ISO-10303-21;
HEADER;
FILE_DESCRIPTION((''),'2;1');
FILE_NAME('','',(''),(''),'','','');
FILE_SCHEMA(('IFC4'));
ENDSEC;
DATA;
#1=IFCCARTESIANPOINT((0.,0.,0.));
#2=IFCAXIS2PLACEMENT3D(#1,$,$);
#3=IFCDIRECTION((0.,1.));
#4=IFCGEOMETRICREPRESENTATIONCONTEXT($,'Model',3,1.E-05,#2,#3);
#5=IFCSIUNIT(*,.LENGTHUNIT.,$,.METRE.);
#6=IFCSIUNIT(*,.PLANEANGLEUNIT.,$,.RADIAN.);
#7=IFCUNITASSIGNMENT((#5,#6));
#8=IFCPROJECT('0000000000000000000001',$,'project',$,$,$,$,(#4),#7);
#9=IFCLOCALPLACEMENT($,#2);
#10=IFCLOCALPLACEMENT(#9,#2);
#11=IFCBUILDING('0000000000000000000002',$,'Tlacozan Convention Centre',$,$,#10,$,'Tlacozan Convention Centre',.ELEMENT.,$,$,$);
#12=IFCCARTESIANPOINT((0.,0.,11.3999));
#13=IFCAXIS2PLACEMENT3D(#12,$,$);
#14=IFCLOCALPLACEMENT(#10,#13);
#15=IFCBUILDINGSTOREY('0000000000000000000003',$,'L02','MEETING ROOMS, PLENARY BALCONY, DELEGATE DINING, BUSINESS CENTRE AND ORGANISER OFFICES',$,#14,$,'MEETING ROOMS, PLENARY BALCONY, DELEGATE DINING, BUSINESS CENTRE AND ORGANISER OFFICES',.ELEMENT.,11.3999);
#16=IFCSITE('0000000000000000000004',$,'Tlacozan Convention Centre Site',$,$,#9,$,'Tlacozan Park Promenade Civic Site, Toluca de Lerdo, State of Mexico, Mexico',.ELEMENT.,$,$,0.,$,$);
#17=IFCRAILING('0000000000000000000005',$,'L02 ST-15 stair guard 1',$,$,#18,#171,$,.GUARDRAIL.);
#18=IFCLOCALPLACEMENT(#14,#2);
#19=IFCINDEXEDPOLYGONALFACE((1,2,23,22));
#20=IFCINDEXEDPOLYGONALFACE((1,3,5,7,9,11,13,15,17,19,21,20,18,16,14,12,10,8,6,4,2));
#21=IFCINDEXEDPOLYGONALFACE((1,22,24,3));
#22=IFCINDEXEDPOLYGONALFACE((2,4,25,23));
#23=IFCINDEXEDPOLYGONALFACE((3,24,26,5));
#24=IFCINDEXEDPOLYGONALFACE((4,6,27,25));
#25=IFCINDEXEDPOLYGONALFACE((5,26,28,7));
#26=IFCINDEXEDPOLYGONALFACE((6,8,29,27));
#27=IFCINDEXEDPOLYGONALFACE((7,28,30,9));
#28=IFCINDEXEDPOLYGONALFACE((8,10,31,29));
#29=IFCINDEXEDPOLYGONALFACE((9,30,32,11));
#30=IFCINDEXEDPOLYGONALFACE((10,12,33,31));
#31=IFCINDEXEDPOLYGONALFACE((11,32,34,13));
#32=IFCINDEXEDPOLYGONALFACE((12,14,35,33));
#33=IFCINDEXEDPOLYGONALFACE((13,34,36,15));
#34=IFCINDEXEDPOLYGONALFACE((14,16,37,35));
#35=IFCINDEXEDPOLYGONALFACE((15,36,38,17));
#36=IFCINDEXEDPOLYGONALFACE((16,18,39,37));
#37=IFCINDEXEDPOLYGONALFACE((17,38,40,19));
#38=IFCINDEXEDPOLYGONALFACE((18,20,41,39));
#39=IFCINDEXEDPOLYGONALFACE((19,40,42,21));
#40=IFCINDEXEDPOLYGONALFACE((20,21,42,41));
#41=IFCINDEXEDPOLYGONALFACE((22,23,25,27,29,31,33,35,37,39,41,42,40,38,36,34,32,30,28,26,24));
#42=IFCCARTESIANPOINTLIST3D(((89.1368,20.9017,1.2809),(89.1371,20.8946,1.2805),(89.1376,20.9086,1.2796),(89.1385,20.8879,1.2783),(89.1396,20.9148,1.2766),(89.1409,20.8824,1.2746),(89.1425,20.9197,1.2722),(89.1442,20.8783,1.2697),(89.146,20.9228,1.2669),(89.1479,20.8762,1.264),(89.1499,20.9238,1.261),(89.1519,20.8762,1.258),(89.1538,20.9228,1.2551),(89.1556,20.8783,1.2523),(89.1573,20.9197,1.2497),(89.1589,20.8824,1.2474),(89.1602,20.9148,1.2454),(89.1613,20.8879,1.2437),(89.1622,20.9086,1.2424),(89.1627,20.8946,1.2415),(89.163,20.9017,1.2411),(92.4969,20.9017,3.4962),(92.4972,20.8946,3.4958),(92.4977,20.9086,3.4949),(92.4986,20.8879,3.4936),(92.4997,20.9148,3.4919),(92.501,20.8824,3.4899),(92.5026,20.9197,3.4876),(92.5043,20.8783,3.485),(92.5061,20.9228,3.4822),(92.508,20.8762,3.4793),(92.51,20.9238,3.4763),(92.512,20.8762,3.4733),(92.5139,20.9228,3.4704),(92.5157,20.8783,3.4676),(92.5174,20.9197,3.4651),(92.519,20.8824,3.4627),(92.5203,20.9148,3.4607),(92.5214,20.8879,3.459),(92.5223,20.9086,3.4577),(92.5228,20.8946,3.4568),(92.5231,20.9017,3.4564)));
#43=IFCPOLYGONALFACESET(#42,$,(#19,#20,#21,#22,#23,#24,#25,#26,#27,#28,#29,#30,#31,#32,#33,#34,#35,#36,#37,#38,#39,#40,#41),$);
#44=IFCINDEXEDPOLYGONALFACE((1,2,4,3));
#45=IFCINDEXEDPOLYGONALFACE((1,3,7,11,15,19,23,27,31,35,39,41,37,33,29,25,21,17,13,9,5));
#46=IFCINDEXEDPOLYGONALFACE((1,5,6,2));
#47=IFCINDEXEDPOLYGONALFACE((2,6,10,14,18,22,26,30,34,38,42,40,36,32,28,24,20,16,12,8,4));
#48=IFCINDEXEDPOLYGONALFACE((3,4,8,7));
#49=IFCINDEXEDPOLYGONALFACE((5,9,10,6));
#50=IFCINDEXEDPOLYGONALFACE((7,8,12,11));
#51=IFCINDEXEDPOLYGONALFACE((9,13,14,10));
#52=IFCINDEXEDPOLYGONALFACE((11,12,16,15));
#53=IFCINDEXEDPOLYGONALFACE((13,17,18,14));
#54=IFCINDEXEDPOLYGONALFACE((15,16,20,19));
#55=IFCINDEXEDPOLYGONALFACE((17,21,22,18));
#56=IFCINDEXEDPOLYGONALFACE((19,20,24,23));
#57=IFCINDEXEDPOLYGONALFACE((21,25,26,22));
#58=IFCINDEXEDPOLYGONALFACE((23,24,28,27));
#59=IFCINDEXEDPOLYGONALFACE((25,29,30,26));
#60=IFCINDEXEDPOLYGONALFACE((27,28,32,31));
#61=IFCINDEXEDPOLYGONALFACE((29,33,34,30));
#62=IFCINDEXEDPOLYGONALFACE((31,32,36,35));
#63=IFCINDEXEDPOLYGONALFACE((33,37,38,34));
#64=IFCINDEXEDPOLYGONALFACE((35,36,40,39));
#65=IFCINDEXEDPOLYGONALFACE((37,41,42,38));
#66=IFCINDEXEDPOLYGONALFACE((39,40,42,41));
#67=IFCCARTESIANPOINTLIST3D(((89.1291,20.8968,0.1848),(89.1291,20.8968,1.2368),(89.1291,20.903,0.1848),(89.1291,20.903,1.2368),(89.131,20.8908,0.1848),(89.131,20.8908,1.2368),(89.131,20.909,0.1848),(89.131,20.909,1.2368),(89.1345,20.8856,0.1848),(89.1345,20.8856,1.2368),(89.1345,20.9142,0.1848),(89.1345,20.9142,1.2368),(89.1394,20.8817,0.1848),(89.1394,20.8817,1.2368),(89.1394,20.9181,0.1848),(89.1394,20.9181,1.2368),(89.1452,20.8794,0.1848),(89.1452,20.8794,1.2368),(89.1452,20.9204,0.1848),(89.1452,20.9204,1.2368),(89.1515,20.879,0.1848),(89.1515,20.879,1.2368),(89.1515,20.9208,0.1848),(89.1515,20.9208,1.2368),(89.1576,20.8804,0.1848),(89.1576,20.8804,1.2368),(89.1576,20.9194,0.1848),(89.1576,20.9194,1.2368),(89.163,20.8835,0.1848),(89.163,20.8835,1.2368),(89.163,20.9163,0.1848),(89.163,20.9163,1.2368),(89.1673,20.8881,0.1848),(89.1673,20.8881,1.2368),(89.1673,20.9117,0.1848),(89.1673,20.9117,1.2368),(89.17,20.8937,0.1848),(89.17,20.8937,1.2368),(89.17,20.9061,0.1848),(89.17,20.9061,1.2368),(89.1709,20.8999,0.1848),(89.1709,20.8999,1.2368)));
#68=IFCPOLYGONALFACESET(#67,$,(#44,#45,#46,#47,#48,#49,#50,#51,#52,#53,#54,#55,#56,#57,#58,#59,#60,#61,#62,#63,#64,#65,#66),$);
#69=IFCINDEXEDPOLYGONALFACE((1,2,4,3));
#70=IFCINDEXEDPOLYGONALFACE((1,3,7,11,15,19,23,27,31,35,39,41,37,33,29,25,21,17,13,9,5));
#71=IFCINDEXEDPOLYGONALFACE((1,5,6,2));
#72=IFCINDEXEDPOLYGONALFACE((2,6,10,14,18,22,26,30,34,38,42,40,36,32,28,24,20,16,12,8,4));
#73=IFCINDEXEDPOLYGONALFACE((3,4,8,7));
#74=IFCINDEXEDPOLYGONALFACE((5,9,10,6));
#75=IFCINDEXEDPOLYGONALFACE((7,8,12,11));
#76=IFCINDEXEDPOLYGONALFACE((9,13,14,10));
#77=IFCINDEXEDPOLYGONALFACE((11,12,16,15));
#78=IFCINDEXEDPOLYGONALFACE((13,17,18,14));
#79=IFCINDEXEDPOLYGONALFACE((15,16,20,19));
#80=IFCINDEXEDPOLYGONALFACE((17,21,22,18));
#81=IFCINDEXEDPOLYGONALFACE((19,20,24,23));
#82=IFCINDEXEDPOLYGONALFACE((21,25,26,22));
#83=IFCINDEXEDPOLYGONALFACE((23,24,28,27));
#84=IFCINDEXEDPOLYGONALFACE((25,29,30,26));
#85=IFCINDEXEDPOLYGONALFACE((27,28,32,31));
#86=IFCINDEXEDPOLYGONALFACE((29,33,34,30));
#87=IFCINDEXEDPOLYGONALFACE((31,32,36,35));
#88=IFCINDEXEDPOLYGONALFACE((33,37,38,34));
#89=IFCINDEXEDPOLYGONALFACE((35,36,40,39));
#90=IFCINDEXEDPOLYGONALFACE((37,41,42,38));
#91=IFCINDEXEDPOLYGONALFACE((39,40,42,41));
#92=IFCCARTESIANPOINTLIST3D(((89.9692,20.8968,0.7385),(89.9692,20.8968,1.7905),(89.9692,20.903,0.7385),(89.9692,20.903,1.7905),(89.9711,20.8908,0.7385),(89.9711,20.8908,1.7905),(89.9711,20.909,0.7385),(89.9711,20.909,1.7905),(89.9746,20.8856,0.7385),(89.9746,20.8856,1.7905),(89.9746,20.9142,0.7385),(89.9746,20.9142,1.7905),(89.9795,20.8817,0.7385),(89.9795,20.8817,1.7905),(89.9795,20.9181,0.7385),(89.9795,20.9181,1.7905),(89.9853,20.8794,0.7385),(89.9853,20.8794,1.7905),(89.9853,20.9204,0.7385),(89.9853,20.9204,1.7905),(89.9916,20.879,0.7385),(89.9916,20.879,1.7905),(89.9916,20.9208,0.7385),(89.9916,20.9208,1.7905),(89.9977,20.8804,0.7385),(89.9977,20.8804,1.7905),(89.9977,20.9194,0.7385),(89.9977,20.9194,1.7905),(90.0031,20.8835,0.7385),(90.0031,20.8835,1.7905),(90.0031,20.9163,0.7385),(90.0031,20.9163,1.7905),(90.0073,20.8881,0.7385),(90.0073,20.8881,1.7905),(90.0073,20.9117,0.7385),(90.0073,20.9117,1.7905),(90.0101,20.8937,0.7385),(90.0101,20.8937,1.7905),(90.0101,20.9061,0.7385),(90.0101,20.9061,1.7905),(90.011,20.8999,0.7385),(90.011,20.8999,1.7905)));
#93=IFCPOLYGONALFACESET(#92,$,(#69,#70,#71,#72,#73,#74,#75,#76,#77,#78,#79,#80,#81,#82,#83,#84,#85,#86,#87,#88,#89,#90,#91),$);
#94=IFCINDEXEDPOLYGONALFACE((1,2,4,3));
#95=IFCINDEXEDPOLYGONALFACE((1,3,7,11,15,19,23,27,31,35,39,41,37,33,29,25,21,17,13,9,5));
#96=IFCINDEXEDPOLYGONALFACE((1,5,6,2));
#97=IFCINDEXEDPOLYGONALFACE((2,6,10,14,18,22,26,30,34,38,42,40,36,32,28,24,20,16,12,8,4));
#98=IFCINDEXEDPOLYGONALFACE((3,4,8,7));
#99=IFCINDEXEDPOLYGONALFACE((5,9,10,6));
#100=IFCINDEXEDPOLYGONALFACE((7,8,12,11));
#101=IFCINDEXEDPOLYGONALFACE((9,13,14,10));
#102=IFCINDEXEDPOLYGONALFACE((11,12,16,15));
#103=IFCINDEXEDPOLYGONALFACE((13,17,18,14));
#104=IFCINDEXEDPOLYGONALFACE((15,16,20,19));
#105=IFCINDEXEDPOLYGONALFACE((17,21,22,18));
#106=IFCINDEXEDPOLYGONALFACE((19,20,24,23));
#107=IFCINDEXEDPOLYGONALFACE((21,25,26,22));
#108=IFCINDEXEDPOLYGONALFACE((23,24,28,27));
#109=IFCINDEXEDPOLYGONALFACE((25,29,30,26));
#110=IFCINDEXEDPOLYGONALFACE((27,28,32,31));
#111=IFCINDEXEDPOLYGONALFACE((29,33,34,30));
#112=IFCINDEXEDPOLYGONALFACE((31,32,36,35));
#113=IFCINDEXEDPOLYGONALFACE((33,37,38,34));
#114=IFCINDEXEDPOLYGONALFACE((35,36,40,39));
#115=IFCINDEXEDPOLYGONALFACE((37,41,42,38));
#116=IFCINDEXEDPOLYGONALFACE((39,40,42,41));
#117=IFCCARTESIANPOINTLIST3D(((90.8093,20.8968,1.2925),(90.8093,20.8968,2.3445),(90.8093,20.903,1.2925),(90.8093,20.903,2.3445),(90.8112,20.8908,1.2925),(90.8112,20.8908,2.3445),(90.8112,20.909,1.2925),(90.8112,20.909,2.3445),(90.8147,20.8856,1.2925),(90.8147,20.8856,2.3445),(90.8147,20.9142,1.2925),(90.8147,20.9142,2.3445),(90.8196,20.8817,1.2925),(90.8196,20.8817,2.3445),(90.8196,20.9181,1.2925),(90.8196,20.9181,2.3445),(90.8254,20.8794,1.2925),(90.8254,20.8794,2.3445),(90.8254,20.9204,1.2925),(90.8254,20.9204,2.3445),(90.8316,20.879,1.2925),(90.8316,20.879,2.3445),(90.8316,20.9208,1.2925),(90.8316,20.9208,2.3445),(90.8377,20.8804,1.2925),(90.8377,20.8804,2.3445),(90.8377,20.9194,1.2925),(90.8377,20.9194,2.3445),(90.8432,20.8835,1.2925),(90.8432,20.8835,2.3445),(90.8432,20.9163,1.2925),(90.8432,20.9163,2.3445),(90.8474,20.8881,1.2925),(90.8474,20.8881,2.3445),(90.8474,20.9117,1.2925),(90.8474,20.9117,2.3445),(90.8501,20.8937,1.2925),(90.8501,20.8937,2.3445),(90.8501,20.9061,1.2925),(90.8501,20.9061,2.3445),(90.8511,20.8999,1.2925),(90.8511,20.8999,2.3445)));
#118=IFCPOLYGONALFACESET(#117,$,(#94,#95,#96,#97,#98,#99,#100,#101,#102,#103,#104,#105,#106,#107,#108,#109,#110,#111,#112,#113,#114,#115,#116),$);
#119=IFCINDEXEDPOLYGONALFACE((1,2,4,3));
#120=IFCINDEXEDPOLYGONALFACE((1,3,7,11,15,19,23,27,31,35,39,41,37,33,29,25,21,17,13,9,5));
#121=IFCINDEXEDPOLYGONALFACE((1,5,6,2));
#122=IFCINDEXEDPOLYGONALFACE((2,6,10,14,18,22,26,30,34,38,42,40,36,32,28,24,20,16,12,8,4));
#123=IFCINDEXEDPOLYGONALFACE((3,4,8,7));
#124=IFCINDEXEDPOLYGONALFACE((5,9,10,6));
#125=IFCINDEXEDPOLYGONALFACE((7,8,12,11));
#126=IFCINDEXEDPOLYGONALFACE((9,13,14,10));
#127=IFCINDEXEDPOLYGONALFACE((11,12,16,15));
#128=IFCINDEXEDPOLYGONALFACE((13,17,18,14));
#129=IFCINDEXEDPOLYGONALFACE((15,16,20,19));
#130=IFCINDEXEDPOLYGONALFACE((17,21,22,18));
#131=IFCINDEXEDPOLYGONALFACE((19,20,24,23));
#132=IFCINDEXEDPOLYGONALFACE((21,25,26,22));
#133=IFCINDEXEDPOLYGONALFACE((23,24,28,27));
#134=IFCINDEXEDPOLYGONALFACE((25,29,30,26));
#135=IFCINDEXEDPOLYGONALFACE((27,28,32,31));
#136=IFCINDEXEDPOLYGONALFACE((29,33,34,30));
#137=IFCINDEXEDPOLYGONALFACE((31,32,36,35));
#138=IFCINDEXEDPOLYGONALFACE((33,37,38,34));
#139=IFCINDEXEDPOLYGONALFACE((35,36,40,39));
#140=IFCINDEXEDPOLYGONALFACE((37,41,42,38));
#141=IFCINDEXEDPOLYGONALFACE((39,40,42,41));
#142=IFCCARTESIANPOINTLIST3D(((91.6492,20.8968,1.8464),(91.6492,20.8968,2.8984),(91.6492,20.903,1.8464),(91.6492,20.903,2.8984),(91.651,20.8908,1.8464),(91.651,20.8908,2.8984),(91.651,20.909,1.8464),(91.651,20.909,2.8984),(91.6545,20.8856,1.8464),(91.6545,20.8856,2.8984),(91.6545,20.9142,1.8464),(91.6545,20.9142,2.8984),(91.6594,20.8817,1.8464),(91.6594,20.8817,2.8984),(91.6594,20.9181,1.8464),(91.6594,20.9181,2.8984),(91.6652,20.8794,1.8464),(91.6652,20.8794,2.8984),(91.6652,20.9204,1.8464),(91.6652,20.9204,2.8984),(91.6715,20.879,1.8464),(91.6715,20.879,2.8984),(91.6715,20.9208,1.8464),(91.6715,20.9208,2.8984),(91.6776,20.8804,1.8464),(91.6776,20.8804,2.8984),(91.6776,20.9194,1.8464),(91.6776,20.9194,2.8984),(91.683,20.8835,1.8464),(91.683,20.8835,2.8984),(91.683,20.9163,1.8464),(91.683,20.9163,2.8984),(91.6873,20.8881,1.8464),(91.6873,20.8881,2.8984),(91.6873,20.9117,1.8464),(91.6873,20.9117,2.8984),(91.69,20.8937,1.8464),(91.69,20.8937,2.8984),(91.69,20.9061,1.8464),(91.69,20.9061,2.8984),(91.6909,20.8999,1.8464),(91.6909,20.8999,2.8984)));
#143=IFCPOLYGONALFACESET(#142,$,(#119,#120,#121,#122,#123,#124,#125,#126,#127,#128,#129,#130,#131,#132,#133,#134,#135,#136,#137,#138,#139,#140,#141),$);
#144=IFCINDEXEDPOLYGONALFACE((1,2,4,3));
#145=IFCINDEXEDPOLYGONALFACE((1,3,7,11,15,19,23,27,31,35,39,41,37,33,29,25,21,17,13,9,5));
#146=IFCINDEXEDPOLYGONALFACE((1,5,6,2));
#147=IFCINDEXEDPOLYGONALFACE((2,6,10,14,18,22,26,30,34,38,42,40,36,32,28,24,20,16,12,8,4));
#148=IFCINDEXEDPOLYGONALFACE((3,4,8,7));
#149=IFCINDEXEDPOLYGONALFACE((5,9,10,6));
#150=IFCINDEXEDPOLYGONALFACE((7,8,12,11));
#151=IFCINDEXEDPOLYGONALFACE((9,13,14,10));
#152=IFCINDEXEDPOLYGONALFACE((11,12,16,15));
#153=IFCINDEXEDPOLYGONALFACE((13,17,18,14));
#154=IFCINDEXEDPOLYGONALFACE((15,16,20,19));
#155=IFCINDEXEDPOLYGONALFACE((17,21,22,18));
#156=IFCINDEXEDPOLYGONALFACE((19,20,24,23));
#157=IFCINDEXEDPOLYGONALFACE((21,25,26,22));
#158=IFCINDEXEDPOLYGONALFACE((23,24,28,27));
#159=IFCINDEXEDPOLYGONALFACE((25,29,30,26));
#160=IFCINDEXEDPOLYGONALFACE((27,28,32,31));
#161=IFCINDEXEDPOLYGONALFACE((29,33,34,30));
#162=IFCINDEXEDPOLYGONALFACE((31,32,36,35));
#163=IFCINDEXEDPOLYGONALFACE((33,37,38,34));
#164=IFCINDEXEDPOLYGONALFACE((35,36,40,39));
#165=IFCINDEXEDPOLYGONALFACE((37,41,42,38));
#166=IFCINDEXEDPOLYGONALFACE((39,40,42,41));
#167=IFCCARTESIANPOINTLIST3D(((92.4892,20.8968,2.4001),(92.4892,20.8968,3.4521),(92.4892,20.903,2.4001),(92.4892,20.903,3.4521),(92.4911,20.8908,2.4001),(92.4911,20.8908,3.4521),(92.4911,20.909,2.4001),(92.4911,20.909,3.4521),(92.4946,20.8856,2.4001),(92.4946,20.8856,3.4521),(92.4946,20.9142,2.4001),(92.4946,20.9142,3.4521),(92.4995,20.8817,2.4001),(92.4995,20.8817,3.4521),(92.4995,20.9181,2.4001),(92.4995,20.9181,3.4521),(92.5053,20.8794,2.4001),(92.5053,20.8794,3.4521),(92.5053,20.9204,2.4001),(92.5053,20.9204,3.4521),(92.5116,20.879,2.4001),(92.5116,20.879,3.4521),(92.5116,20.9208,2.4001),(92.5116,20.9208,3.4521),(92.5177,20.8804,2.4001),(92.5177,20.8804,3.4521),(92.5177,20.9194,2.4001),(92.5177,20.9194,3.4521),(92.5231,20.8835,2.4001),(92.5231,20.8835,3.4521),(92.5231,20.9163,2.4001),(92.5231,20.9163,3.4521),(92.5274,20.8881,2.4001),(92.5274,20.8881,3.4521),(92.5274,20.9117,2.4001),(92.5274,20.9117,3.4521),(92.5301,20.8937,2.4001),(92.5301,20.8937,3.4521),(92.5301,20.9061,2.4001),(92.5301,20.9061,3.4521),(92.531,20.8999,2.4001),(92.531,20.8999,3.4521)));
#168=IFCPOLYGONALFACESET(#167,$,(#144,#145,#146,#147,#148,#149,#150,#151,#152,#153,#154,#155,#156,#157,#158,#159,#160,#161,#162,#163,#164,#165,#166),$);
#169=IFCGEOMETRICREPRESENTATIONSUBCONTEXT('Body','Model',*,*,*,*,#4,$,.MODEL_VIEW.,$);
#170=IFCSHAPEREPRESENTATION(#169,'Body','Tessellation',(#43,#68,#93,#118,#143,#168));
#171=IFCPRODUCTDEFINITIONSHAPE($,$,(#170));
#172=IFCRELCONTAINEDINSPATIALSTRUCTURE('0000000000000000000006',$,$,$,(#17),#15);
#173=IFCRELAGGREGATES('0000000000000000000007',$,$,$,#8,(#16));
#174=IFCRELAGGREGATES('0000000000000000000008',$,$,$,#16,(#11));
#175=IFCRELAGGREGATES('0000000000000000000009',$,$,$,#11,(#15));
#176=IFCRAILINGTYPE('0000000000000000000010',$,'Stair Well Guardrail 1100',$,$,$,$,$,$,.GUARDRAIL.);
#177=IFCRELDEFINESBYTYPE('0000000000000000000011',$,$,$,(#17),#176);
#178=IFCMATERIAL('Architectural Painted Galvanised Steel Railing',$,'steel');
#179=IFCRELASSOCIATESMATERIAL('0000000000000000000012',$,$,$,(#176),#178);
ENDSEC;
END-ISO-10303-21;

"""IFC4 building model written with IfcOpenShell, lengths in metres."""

from ifc_helpers import new_model, si_unit, direction, frame, origin, origin_2d, place, context, subcontext, project, spatial, circle, extrude, material, type_object, element, save


model = new_model("IFC4")

# Units and contexts
model_context = context("Model", 3, precision=1e-05, world=origin(), true_north=direction((0.0, 1.0)))
body_context = subcontext(model_context, "Body", "Model", "MODEL_VIEW")
ifc_project = project(units=[si_unit("LENGTHUNIT", "METRE"), si_unit("PLANEANGLEUNIT", "RADIAN")], contexts=[model_context])

# Site, building, storey
site_placement = place(None, origin())
site = spatial("IfcSite", under=ifc_project, at=site_placement, Name="Tlacozan Convention Centre Site", LongName="Tlacozan Park Promenade Civic Site, Toluca de Lerdo, State of Mexico, Mexico", CompositionType="ELEMENT", RefElevation=0.0)
building_placement = place(site_placement, origin())
building = spatial("IfcBuilding", under=site, at=building_placement, Name="Tlacozan Convention Centre", LongName="Tlacozan Convention Centre", CompositionType="ELEMENT")
storey_placement = place(building_placement, frame((0.0, 0.0, 11.3999)))
storey = spatial("IfcBuildingStorey", under=building, at=storey_placement, Name="L02", Description="MEETING ROOMS, PLENARY BALCONY, DELEGATE DINING, BUSINESS CENTRE AND ORGANISER OFFICES", LongName="MEETING ROOMS, PLENARY BALCONY, DELEGATE DINING, BUSINESS CENTRE AND ORGANISER OFFICES", CompositionType="ELEMENT", Elevation=11.3999)

# Railing
ifc_material_1 = material(Name="Architectural Painted Galvanised Steel Railing", Category="steel")
railing_type_1 = type_object("IfcRailingType", Name="Stair Well Guardrail 1100", PredefinedType="GUARDRAIL", material=ifc_material_1)
railing_1_placement = place(storey_placement, frame((89.1499, 20.8999, 0.1848)))
element("IfcRailing", 1, at=railing_1_placement, inside=storey, type_object=railing_type_1, Name="L02 ST-15 stair guard 1", PredefinedType="GUARDRAIL", context=body_context, shape_type="SweptSolid", body=[
    extrude(circle(Radius=0.0239, at=origin_2d()), frame((0.0, 0.0, 1.0762), z_axis=(0.834876, 0.0, 0.550437), x_axis=(0.0, 1.0, 0.0)), (0.0, 0.0, 1.0), 4.0247),
    extrude(circle(Radius=0.021, at=origin_2d()), origin(), (0.0, 0.0, 1.0), 1.052),
    extrude(circle(Radius=0.021, at=origin_2d()), frame((0.8401, 0.0, 0.5537)), (0.0, 0.0, 1.0), 1.052),
    extrude(circle(Radius=0.021, at=origin_2d()), frame((1.6802, 0.0, 1.1077)), (0.0, 0.0, 1.0), 1.052),
    extrude(circle(Radius=0.021, at=origin_2d()), frame((2.52, 0.0, 1.6616)), (0.0, 0.0, 1.0), 1.052),
    extrude(circle(Radius=0.021, at=origin_2d()), frame((3.3601, 0.0, 2.2153)), (0.0, 0.0, 1.0), 1.052),
])

save(model, "model.ifc")
